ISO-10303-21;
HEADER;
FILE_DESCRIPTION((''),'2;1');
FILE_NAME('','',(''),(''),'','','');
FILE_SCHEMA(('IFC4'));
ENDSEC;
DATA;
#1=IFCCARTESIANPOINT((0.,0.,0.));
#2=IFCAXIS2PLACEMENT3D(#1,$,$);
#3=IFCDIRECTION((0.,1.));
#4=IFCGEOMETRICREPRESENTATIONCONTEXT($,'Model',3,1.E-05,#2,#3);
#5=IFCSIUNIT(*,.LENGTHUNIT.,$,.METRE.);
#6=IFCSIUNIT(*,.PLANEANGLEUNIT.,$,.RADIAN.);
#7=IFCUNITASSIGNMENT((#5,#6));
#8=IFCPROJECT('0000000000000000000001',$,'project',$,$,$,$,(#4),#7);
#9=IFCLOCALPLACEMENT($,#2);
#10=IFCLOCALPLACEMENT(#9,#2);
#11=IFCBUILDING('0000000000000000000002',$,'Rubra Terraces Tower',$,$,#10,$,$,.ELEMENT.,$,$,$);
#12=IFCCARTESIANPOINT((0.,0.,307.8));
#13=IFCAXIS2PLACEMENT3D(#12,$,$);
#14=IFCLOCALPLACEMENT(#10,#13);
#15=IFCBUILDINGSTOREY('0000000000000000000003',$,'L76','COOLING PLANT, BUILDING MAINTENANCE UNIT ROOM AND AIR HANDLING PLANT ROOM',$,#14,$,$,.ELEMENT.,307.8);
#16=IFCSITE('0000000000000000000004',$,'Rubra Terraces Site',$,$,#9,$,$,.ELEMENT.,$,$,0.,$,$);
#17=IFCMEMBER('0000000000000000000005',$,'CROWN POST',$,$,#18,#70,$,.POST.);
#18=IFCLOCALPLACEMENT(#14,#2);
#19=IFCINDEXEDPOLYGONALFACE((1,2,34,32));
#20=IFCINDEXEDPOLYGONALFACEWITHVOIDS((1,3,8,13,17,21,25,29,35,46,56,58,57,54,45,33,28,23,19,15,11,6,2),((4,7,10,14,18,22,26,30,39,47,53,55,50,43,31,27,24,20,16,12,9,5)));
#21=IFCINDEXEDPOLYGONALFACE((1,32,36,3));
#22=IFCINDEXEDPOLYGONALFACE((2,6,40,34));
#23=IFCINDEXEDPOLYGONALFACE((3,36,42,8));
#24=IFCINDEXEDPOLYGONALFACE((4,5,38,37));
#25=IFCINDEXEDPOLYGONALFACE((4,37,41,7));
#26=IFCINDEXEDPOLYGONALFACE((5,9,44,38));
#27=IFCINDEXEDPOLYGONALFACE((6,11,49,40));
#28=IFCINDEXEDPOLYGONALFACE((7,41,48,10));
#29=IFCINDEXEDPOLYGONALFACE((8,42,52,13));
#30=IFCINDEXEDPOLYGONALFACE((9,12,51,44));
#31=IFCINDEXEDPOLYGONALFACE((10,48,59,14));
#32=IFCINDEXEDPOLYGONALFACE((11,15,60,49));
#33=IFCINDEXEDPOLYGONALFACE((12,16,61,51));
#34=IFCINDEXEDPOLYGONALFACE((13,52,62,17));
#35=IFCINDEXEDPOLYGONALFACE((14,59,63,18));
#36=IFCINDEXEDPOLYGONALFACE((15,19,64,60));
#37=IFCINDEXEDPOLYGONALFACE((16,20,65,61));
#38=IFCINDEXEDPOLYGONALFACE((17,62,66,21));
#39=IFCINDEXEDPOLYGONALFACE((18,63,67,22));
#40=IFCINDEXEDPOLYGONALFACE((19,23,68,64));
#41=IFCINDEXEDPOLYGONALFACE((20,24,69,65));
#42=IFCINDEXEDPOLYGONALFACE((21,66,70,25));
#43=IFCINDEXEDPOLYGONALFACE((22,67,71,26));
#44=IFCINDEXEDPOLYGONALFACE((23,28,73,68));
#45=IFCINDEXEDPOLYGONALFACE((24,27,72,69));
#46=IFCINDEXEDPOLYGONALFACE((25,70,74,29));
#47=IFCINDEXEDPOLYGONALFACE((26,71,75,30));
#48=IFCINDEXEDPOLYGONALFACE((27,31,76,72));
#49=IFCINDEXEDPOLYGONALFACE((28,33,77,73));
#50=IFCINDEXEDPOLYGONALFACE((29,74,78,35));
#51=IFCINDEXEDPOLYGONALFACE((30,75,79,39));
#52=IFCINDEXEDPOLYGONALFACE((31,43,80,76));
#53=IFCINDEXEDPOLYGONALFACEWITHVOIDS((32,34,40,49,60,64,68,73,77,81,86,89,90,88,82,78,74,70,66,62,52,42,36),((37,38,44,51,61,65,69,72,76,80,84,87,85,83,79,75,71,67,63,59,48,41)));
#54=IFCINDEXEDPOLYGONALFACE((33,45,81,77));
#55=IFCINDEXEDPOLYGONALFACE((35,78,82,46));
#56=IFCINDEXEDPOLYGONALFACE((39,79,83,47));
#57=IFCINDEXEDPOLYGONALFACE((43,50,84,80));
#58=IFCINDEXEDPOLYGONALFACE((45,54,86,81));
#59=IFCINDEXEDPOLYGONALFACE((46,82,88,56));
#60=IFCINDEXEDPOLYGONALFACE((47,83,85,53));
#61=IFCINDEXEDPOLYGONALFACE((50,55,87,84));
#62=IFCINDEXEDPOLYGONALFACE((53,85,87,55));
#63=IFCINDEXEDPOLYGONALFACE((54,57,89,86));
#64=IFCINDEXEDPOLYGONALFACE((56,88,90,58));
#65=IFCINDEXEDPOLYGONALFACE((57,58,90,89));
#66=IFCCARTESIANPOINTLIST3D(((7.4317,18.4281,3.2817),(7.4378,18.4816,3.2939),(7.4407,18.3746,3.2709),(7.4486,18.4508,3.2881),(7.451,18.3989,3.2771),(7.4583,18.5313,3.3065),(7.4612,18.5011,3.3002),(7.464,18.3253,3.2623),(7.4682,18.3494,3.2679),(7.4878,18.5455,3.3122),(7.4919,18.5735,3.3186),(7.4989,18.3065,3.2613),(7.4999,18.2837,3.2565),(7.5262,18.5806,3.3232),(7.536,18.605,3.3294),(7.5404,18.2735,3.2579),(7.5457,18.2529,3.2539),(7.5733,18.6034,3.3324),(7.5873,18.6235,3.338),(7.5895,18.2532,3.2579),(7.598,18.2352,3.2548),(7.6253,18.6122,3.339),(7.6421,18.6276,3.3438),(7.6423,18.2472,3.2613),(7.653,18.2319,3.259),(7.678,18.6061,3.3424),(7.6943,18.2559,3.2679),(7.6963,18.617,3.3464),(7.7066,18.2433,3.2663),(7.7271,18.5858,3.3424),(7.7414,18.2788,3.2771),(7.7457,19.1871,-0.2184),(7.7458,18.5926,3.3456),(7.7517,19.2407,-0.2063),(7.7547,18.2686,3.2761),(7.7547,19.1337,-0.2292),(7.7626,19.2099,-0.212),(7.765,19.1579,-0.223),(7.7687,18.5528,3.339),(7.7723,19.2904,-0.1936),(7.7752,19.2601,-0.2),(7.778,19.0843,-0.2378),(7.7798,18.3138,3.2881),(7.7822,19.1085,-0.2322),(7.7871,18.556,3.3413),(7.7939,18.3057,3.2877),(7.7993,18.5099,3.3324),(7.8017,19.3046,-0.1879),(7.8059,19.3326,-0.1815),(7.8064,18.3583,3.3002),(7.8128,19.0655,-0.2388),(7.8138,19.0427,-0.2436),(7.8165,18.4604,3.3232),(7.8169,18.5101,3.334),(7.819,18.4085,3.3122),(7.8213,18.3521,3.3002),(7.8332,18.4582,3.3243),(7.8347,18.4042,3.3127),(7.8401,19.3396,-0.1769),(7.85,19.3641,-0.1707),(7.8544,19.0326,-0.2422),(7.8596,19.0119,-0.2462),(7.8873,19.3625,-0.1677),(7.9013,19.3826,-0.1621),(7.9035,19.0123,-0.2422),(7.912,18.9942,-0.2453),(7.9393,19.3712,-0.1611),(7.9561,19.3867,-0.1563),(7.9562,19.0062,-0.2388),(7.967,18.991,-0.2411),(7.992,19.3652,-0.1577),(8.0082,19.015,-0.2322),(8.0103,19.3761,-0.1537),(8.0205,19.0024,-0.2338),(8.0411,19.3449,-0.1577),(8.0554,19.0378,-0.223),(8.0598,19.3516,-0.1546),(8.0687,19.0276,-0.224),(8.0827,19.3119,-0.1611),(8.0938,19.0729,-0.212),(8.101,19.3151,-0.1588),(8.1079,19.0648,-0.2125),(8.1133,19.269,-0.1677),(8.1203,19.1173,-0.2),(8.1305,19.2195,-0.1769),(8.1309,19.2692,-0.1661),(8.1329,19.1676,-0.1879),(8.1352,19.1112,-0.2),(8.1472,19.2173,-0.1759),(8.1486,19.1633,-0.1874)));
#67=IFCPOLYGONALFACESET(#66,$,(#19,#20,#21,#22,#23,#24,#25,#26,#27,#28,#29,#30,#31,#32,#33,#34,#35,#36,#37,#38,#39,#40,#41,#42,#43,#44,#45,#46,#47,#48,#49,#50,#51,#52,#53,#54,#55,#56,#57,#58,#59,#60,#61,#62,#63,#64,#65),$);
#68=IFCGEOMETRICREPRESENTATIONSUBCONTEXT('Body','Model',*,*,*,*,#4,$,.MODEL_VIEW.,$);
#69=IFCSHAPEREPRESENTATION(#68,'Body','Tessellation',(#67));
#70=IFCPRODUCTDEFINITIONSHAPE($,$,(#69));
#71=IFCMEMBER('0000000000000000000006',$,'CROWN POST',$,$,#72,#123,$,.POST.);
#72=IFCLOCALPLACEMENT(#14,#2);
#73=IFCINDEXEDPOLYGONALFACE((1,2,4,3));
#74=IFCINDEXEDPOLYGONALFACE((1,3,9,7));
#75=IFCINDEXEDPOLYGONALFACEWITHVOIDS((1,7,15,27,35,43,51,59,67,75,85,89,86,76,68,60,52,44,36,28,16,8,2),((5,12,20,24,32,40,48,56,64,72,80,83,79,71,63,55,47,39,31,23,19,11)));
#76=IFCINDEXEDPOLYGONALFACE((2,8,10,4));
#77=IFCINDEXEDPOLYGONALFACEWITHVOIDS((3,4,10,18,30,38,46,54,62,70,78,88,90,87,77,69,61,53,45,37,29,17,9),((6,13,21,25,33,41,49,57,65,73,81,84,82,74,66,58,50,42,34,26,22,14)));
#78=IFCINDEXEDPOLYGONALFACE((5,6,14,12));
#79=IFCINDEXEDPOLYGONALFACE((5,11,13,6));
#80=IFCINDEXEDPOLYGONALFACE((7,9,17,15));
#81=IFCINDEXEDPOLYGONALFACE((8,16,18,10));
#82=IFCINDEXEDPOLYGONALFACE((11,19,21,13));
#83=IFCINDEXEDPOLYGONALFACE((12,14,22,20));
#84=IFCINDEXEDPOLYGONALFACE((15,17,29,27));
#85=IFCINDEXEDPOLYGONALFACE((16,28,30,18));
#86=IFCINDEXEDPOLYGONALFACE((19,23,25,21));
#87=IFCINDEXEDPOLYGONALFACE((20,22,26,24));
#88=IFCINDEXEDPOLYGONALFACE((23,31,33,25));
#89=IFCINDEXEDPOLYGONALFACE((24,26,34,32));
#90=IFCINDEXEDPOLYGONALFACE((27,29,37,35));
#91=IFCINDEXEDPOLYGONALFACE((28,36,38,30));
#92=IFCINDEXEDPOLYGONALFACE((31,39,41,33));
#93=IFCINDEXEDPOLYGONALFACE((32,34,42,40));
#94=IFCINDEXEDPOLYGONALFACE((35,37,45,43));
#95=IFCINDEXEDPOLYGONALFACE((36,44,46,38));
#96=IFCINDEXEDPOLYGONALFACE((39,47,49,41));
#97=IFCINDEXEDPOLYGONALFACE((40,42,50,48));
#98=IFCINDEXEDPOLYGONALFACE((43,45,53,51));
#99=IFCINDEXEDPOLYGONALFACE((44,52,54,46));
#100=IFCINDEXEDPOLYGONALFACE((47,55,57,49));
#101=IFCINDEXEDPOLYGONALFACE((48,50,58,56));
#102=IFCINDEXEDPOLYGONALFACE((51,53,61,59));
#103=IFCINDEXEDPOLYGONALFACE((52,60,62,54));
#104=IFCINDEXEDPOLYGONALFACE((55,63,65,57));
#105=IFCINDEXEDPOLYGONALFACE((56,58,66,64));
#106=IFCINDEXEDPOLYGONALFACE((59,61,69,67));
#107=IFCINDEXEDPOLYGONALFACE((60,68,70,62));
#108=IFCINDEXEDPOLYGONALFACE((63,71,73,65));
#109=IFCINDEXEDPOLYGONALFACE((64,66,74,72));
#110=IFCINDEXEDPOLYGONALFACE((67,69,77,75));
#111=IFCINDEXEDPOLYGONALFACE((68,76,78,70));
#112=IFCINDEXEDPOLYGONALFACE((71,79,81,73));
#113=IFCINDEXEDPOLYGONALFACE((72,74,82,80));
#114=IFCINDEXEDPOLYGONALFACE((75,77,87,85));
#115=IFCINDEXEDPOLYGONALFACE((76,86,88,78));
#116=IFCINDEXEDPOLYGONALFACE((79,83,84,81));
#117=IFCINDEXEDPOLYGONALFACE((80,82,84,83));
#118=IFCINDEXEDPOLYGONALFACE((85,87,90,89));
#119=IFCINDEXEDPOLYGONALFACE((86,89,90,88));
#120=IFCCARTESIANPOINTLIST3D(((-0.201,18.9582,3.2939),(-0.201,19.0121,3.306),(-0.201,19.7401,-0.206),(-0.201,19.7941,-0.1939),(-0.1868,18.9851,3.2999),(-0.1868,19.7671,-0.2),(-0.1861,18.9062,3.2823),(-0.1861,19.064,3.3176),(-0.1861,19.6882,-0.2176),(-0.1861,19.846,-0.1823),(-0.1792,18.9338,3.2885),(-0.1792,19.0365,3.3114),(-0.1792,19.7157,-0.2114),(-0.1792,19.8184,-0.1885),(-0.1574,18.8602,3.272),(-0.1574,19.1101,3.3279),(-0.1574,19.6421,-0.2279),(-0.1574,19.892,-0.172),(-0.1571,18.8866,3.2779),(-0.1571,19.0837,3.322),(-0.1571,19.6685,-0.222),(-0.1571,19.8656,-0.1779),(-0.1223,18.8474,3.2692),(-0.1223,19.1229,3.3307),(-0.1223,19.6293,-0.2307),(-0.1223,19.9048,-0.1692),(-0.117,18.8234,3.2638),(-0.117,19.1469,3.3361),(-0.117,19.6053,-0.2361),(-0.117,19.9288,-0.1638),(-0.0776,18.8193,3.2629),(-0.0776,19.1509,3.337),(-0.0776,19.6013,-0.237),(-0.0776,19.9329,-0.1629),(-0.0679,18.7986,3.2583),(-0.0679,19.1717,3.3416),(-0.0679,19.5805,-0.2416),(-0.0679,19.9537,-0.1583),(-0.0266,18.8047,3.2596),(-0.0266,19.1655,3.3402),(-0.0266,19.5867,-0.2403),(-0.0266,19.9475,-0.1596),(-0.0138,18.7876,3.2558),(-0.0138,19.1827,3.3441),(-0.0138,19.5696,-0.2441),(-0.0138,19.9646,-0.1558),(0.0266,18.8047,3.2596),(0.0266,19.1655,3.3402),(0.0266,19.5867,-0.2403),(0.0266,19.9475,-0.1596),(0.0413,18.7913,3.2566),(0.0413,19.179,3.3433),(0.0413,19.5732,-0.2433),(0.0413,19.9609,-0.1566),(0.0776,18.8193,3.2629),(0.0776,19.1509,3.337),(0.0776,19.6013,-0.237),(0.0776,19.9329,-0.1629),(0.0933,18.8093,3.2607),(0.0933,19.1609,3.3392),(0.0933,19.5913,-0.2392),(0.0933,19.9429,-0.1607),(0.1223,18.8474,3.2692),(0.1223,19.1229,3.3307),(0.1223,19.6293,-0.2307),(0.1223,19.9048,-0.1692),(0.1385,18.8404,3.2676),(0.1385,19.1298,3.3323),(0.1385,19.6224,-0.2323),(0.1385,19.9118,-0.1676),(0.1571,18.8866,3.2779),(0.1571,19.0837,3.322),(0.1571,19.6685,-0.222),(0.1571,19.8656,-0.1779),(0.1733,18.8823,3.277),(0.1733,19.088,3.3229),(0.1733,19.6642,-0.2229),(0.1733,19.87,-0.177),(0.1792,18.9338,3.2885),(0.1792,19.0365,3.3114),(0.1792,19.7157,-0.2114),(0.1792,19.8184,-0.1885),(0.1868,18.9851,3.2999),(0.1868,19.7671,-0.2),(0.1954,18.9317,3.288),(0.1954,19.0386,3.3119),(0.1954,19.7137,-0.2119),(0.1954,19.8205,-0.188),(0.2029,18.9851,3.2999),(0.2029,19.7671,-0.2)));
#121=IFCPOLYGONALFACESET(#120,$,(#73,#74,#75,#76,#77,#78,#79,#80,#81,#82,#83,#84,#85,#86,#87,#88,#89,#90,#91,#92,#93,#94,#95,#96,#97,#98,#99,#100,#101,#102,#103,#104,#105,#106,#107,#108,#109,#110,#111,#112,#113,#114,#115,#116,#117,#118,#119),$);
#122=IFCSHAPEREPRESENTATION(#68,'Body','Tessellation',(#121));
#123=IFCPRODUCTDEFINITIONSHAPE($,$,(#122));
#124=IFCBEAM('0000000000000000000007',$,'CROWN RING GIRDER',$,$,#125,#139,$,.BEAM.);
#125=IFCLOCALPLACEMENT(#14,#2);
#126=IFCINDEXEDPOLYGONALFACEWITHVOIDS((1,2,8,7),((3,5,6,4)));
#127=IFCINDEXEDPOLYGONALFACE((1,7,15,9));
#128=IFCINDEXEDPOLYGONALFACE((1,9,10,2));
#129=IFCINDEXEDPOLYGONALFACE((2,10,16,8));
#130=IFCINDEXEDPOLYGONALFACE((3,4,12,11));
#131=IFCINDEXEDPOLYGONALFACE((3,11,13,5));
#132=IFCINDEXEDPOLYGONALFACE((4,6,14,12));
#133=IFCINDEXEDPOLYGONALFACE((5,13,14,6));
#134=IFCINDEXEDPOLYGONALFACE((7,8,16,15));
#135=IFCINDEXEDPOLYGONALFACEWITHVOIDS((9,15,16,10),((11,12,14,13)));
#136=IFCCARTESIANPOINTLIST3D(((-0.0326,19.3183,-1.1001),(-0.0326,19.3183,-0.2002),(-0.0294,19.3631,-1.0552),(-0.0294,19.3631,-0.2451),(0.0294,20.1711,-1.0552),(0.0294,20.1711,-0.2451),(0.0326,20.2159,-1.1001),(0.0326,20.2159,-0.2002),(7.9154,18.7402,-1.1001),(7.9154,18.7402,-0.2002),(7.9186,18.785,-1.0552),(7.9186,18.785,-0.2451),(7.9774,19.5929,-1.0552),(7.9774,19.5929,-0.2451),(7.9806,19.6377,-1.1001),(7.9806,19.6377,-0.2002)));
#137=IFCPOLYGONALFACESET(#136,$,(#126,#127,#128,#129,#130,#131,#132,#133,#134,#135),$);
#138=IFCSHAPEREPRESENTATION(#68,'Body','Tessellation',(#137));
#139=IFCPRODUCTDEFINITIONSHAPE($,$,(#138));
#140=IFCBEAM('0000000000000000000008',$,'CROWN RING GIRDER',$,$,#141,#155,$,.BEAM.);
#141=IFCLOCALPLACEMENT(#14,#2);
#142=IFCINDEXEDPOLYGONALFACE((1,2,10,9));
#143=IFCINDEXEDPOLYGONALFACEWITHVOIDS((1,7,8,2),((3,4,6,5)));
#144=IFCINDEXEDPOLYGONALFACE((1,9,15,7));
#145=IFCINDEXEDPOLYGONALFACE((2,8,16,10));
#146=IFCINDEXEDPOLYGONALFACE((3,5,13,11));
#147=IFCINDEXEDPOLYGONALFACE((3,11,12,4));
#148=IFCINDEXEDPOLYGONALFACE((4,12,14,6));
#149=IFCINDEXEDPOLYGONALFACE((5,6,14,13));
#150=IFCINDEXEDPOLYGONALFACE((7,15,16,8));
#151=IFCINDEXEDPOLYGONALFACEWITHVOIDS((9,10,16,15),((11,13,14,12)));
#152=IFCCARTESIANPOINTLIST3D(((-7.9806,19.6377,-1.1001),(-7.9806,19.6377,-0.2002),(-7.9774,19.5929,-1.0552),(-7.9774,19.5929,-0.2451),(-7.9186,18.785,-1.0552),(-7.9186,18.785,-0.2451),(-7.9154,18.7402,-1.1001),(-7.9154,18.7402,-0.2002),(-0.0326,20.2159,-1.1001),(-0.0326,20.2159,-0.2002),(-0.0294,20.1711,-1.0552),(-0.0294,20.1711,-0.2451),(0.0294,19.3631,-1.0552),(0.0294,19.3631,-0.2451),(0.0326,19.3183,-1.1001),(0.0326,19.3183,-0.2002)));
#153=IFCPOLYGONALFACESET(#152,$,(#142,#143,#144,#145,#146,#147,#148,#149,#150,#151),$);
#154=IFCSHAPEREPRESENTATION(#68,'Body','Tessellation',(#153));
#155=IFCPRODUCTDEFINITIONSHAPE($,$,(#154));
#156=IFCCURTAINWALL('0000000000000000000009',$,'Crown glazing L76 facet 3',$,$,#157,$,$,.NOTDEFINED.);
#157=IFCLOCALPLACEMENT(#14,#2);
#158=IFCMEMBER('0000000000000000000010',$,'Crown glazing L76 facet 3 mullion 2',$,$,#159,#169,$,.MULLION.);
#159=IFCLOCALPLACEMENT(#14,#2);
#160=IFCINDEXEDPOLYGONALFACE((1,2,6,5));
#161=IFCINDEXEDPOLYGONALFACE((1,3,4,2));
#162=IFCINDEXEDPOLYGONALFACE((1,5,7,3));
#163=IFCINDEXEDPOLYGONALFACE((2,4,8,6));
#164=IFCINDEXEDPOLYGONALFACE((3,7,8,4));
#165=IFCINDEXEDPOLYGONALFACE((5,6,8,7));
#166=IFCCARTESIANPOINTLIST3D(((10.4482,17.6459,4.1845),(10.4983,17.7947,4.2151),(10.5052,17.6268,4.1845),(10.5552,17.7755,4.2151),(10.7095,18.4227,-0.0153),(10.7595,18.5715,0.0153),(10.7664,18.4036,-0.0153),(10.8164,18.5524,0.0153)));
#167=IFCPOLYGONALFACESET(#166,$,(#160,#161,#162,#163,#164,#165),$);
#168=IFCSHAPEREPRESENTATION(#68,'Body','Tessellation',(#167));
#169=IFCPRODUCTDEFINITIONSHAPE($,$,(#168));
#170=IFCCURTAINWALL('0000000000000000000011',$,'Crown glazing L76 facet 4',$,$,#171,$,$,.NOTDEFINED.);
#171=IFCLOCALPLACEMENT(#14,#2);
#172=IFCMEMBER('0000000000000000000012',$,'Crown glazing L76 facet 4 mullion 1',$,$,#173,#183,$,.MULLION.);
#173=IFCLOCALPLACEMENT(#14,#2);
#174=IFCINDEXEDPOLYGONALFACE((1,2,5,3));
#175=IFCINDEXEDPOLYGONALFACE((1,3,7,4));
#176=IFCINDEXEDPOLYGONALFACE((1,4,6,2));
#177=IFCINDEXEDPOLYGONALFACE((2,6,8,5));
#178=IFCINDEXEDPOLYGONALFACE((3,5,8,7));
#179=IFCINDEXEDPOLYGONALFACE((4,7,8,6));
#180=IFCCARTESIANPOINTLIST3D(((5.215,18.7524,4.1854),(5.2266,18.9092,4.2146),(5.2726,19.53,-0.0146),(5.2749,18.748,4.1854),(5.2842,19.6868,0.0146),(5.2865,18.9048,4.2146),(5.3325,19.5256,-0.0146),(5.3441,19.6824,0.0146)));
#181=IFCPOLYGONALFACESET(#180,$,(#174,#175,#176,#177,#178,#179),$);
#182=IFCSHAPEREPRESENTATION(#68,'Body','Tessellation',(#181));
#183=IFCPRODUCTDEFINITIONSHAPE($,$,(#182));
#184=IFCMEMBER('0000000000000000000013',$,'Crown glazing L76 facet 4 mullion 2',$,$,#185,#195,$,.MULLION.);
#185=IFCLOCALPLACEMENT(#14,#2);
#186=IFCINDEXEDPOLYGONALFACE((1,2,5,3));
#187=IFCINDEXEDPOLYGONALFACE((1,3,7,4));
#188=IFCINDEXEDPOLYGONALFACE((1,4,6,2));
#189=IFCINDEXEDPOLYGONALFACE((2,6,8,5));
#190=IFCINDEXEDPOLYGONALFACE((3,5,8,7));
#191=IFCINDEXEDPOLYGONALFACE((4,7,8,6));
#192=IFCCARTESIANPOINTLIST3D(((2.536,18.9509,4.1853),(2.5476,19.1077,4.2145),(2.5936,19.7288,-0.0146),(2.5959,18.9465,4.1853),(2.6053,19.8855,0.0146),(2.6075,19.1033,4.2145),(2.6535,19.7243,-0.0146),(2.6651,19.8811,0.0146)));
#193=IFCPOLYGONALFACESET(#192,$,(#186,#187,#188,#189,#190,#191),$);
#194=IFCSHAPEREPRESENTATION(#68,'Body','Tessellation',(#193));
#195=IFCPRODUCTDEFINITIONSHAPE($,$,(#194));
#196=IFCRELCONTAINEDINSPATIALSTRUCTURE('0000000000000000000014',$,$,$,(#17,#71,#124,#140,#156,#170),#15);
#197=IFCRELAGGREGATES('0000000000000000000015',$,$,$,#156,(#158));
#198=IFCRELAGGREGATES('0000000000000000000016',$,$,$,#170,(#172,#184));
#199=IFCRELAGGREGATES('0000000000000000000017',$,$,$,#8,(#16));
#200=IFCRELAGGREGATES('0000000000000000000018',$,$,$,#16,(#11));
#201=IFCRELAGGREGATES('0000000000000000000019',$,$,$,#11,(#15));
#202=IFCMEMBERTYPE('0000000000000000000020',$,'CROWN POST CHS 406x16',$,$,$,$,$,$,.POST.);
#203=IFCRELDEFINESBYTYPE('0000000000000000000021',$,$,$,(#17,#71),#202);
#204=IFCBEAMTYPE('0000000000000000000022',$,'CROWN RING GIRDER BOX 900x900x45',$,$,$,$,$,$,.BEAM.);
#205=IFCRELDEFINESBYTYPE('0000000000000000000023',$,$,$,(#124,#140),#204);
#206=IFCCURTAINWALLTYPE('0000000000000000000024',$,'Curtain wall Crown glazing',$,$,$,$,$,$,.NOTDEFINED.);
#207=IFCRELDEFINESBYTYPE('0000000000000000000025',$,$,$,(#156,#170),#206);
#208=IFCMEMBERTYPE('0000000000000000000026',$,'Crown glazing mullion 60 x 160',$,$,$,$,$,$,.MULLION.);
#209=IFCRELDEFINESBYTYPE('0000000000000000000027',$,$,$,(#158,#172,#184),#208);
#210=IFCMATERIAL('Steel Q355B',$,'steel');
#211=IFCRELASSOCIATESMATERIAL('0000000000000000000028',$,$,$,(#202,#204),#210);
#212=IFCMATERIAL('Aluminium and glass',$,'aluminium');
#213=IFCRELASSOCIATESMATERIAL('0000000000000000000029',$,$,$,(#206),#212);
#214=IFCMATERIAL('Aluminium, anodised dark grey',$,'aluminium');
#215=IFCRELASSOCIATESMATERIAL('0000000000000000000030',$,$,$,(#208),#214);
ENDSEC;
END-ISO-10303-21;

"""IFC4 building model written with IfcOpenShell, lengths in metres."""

from ifc_helpers import new_model, si_unit, direction, frame, origin, origin_2d, place, context, subcontext, project, spatial, rectangle, hollow_rectangle, hollow_circle, extrude, material, material_profile, profile_set, type_object, element, aggregate, save


model = new_model("IFC4")

# Units and contexts
model_context = context("Model", 3, precision=1e-05, world=origin(), true_north=direction((0.0, 1.0)))
body_context = subcontext(model_context, "Body", "Model", "MODEL_VIEW")
ifc_project = project(units=[si_unit("LENGTHUNIT", "METRE"), si_unit("PLANEANGLEUNIT", "RADIAN")], contexts=[model_context])

# Site, building, storey
site_placement = place(None, origin())
site = spatial("IfcSite", under=ifc_project, at=site_placement, Name="Rubra Terraces Site", CompositionType="ELEMENT", RefElevation=0.0)
building_placement = place(site_placement, origin())
building = spatial("IfcBuilding", under=site, at=building_placement, Name="Rubra Terraces Tower", CompositionType="ELEMENT")
storey_placement = place(building_placement, frame((0.0, 0.0, 307.8)))
storey = spatial("IfcBuildingStorey", under=building, at=storey_placement, Name="L76", Description="COOLING PLANT, BUILDING MAINTENANCE UNIT ROOM AND AIR HANDLING PLANT ROOM", CompositionType="ELEMENT", Elevation=307.8)

# Members
ifc_material_1 = material(Name="Steel Q355B", Category="steel")
ifc_material_profile_1 = material_profile(ifc_material_1, hollow_circle(Radius=0.2029, WallThickness=0.0161, at=origin_2d()), Name="CHS 406x16")
ifc_profile_set_1 = profile_set([ifc_material_profile_1], Name="Steel Q355B")
member_type_1 = type_object("IfcMemberType", Name="CROWN POST CHS 406x16", PredefinedType="POST", material=ifc_profile_set_1)
member_1_placement = place(storey_placement, frame((7.9478, 19.1887, -0.2), z_axis=(-0.087331, -0.21113, 0.973549), x_axis=(0.924068, -0.382229, 0.0)))
element("IfcMember", 1, at=member_1_placement, inside=storey, type_object=member_type_1, Name="CROWN POST", PredefinedType="POST", context=body_context, shape_type="SweptSolid", body=[
    extrude(hollow_circle(Radius=0.2029, WallThickness=0.0161, at=origin_2d()), origin(), (0.0, 0.0, 1.0), 3.5952),
])
member_2_placement = place(storey_placement, frame((0.0, 19.7671, -0.2), z_axis=(0.0, -0.218048, 0.975938), x_axis=(1.0, 0.0, 0.0)))
element("IfcMember", 2, at=member_2_placement, inside=storey, type_object=member_type_1, Name="CROWN POST", PredefinedType="POST", context=body_context, shape_type="SweptSolid", body=[
    extrude(hollow_circle(Radius=0.2029, WallThickness=0.0161, at=origin_2d()), origin(), (0.0, 0.0, 1.0), 3.5862),
])

# Beams
ifc_material_profile_2 = material_profile(ifc_material_1, hollow_rectangle(XDim=0.8999, YDim=0.8999, WallThickness=0.0449, at=origin_2d()), Name="BOX 900x900x45")
ifc_profile_set_2 = profile_set([ifc_material_profile_2], Name="Steel Q355B")
beam_type = type_object("IfcBeamType", Name="CROWN RING GIRDER BOX 900x900x45", PredefinedType="BEAM", material=ifc_profile_set_2)
for number, where, z_axis, x_axis, name in (
    (3, (7.948, 19.189, -0.6501), (-0.997365, 0.072547, 0.0), (-0.072547, -0.997365, 0.0), "CROWN RING GIRDER"),
    (4, (0.0, 19.7671, -0.6501), (-0.997365, -0.072547, 0.0), (0.072547, -0.997365, 0.0), "CROWN RING GIRDER"),
):
    element("IfcBeam", number, at=place(storey_placement, frame(where, z_axis=z_axis, x_axis=x_axis)), inside=storey, type_object=beam_type, Name=name, PredefinedType="BEAM", context=body_context, shape_type="SweptSolid", body=[
        extrude(hollow_rectangle(XDim=0.8999, YDim=0.8999, WallThickness=0.0449, at=origin_2d()), origin(), (0.0, 0.0, 1.0), 7.969),
    ])

# Curtain wall, member
ifc_material_2 = material(Name="Aluminium and glass", Category="aluminium")
curtain_wall_type = type_object("IfcCurtainWallType", Name="Curtain wall Crown glazing", PredefinedType="NOTDEFINED", material=ifc_material_2)
curtain_wall_1_placement = place(storey_placement, origin())
curtain_wall_1 = element("IfcCurtainWall", 5, at=curtain_wall_1_placement, inside=storey, type_object=curtain_wall_type, Name="Crown glazing L76 facet 3", PredefinedType="NOTDEFINED")
ifc_material_3 = material(Name="Aluminium, anodised dark grey", Category="aluminium")
ifc_material_profile_3 = material_profile(ifc_material_3, rectangle(XDim=0.0601, YDim=0.1599, at=origin_2d()), Name="AL 60x160")
ifc_profile_set_3 = profile_set([ifc_material_profile_3], Name="Aluminium, anodised dark grey")
member_type_2 = type_object("IfcMemberType", Name="Crown glazing mullion 60 x 160", PredefinedType="MULLION", material=ifc_profile_set_3)
member_3_placement = place(storey_placement, frame((10.7629, 18.4875, 0.0), z_axis=(-0.061047, -0.181543, 0.981486), x_axis=(0.947846, -0.318729, 0.0)))
member_3 = element("IfcMember", 6, at=member_3_placement, type_object=member_type_2, Name="Crown glazing L76 facet 3 mullion 2", PredefinedType="MULLION", context=body_context, shape_type="SweptSolid", body=[
    extrude(rectangle(XDim=0.0601, YDim=0.1599, at=origin_2d()), origin(), (0.0, 0.0, 1.0), 4.2791),
])

# Curtain wall, members
curtain_wall_2_placement = place(storey_placement, origin())
curtain_wall_2 = element("IfcCurtainWall", 7, at=curtain_wall_2_placement, inside=storey, type_object=curtain_wall_type, Name="Crown glazing L76 facet 4", PredefinedType="NOTDEFINED")
member_4_placement = place(storey_placement, frame((5.3083, 19.6062, 0.0), z_axis=(-0.013488, -0.182032, 0.9832), x_axis=(0.997266, -0.073895, 0.0)))
member_4 = element("IfcMember", 8, at=member_4_placement, type_object=member_type_2, Name="Crown glazing L76 facet 4 mullion 1", PredefinedType="MULLION", context=body_context, shape_type="SweptSolid", body=[
    extrude(rectangle(XDim=0.0601, YDim=0.1599, at=origin_2d()), origin(), (0.0, 0.0, 1.0), 4.2717),
])
member_5_placement = place(storey_placement, frame((2.6294, 19.8049, 0.0), z_axis=(-0.013488, -0.182087, 0.98319), x_axis=(0.997268, -0.073872, 0.0)))
member_5 = element("IfcMember", 9, at=member_5_placement, type_object=member_type_2, Name="Crown glazing L76 facet 4 mullion 2", PredefinedType="MULLION", context=body_context, shape_type="SweptSolid", body=[
    extrude(rectangle(XDim=0.0601, YDim=0.1599, at=origin_2d()), origin(), (0.0, 0.0, 1.0), 4.2717),
])

aggregate(curtain_wall_1, [member_3])
aggregate(curtain_wall_2, [member_4, member_5])

save(model, "model.ifc")
